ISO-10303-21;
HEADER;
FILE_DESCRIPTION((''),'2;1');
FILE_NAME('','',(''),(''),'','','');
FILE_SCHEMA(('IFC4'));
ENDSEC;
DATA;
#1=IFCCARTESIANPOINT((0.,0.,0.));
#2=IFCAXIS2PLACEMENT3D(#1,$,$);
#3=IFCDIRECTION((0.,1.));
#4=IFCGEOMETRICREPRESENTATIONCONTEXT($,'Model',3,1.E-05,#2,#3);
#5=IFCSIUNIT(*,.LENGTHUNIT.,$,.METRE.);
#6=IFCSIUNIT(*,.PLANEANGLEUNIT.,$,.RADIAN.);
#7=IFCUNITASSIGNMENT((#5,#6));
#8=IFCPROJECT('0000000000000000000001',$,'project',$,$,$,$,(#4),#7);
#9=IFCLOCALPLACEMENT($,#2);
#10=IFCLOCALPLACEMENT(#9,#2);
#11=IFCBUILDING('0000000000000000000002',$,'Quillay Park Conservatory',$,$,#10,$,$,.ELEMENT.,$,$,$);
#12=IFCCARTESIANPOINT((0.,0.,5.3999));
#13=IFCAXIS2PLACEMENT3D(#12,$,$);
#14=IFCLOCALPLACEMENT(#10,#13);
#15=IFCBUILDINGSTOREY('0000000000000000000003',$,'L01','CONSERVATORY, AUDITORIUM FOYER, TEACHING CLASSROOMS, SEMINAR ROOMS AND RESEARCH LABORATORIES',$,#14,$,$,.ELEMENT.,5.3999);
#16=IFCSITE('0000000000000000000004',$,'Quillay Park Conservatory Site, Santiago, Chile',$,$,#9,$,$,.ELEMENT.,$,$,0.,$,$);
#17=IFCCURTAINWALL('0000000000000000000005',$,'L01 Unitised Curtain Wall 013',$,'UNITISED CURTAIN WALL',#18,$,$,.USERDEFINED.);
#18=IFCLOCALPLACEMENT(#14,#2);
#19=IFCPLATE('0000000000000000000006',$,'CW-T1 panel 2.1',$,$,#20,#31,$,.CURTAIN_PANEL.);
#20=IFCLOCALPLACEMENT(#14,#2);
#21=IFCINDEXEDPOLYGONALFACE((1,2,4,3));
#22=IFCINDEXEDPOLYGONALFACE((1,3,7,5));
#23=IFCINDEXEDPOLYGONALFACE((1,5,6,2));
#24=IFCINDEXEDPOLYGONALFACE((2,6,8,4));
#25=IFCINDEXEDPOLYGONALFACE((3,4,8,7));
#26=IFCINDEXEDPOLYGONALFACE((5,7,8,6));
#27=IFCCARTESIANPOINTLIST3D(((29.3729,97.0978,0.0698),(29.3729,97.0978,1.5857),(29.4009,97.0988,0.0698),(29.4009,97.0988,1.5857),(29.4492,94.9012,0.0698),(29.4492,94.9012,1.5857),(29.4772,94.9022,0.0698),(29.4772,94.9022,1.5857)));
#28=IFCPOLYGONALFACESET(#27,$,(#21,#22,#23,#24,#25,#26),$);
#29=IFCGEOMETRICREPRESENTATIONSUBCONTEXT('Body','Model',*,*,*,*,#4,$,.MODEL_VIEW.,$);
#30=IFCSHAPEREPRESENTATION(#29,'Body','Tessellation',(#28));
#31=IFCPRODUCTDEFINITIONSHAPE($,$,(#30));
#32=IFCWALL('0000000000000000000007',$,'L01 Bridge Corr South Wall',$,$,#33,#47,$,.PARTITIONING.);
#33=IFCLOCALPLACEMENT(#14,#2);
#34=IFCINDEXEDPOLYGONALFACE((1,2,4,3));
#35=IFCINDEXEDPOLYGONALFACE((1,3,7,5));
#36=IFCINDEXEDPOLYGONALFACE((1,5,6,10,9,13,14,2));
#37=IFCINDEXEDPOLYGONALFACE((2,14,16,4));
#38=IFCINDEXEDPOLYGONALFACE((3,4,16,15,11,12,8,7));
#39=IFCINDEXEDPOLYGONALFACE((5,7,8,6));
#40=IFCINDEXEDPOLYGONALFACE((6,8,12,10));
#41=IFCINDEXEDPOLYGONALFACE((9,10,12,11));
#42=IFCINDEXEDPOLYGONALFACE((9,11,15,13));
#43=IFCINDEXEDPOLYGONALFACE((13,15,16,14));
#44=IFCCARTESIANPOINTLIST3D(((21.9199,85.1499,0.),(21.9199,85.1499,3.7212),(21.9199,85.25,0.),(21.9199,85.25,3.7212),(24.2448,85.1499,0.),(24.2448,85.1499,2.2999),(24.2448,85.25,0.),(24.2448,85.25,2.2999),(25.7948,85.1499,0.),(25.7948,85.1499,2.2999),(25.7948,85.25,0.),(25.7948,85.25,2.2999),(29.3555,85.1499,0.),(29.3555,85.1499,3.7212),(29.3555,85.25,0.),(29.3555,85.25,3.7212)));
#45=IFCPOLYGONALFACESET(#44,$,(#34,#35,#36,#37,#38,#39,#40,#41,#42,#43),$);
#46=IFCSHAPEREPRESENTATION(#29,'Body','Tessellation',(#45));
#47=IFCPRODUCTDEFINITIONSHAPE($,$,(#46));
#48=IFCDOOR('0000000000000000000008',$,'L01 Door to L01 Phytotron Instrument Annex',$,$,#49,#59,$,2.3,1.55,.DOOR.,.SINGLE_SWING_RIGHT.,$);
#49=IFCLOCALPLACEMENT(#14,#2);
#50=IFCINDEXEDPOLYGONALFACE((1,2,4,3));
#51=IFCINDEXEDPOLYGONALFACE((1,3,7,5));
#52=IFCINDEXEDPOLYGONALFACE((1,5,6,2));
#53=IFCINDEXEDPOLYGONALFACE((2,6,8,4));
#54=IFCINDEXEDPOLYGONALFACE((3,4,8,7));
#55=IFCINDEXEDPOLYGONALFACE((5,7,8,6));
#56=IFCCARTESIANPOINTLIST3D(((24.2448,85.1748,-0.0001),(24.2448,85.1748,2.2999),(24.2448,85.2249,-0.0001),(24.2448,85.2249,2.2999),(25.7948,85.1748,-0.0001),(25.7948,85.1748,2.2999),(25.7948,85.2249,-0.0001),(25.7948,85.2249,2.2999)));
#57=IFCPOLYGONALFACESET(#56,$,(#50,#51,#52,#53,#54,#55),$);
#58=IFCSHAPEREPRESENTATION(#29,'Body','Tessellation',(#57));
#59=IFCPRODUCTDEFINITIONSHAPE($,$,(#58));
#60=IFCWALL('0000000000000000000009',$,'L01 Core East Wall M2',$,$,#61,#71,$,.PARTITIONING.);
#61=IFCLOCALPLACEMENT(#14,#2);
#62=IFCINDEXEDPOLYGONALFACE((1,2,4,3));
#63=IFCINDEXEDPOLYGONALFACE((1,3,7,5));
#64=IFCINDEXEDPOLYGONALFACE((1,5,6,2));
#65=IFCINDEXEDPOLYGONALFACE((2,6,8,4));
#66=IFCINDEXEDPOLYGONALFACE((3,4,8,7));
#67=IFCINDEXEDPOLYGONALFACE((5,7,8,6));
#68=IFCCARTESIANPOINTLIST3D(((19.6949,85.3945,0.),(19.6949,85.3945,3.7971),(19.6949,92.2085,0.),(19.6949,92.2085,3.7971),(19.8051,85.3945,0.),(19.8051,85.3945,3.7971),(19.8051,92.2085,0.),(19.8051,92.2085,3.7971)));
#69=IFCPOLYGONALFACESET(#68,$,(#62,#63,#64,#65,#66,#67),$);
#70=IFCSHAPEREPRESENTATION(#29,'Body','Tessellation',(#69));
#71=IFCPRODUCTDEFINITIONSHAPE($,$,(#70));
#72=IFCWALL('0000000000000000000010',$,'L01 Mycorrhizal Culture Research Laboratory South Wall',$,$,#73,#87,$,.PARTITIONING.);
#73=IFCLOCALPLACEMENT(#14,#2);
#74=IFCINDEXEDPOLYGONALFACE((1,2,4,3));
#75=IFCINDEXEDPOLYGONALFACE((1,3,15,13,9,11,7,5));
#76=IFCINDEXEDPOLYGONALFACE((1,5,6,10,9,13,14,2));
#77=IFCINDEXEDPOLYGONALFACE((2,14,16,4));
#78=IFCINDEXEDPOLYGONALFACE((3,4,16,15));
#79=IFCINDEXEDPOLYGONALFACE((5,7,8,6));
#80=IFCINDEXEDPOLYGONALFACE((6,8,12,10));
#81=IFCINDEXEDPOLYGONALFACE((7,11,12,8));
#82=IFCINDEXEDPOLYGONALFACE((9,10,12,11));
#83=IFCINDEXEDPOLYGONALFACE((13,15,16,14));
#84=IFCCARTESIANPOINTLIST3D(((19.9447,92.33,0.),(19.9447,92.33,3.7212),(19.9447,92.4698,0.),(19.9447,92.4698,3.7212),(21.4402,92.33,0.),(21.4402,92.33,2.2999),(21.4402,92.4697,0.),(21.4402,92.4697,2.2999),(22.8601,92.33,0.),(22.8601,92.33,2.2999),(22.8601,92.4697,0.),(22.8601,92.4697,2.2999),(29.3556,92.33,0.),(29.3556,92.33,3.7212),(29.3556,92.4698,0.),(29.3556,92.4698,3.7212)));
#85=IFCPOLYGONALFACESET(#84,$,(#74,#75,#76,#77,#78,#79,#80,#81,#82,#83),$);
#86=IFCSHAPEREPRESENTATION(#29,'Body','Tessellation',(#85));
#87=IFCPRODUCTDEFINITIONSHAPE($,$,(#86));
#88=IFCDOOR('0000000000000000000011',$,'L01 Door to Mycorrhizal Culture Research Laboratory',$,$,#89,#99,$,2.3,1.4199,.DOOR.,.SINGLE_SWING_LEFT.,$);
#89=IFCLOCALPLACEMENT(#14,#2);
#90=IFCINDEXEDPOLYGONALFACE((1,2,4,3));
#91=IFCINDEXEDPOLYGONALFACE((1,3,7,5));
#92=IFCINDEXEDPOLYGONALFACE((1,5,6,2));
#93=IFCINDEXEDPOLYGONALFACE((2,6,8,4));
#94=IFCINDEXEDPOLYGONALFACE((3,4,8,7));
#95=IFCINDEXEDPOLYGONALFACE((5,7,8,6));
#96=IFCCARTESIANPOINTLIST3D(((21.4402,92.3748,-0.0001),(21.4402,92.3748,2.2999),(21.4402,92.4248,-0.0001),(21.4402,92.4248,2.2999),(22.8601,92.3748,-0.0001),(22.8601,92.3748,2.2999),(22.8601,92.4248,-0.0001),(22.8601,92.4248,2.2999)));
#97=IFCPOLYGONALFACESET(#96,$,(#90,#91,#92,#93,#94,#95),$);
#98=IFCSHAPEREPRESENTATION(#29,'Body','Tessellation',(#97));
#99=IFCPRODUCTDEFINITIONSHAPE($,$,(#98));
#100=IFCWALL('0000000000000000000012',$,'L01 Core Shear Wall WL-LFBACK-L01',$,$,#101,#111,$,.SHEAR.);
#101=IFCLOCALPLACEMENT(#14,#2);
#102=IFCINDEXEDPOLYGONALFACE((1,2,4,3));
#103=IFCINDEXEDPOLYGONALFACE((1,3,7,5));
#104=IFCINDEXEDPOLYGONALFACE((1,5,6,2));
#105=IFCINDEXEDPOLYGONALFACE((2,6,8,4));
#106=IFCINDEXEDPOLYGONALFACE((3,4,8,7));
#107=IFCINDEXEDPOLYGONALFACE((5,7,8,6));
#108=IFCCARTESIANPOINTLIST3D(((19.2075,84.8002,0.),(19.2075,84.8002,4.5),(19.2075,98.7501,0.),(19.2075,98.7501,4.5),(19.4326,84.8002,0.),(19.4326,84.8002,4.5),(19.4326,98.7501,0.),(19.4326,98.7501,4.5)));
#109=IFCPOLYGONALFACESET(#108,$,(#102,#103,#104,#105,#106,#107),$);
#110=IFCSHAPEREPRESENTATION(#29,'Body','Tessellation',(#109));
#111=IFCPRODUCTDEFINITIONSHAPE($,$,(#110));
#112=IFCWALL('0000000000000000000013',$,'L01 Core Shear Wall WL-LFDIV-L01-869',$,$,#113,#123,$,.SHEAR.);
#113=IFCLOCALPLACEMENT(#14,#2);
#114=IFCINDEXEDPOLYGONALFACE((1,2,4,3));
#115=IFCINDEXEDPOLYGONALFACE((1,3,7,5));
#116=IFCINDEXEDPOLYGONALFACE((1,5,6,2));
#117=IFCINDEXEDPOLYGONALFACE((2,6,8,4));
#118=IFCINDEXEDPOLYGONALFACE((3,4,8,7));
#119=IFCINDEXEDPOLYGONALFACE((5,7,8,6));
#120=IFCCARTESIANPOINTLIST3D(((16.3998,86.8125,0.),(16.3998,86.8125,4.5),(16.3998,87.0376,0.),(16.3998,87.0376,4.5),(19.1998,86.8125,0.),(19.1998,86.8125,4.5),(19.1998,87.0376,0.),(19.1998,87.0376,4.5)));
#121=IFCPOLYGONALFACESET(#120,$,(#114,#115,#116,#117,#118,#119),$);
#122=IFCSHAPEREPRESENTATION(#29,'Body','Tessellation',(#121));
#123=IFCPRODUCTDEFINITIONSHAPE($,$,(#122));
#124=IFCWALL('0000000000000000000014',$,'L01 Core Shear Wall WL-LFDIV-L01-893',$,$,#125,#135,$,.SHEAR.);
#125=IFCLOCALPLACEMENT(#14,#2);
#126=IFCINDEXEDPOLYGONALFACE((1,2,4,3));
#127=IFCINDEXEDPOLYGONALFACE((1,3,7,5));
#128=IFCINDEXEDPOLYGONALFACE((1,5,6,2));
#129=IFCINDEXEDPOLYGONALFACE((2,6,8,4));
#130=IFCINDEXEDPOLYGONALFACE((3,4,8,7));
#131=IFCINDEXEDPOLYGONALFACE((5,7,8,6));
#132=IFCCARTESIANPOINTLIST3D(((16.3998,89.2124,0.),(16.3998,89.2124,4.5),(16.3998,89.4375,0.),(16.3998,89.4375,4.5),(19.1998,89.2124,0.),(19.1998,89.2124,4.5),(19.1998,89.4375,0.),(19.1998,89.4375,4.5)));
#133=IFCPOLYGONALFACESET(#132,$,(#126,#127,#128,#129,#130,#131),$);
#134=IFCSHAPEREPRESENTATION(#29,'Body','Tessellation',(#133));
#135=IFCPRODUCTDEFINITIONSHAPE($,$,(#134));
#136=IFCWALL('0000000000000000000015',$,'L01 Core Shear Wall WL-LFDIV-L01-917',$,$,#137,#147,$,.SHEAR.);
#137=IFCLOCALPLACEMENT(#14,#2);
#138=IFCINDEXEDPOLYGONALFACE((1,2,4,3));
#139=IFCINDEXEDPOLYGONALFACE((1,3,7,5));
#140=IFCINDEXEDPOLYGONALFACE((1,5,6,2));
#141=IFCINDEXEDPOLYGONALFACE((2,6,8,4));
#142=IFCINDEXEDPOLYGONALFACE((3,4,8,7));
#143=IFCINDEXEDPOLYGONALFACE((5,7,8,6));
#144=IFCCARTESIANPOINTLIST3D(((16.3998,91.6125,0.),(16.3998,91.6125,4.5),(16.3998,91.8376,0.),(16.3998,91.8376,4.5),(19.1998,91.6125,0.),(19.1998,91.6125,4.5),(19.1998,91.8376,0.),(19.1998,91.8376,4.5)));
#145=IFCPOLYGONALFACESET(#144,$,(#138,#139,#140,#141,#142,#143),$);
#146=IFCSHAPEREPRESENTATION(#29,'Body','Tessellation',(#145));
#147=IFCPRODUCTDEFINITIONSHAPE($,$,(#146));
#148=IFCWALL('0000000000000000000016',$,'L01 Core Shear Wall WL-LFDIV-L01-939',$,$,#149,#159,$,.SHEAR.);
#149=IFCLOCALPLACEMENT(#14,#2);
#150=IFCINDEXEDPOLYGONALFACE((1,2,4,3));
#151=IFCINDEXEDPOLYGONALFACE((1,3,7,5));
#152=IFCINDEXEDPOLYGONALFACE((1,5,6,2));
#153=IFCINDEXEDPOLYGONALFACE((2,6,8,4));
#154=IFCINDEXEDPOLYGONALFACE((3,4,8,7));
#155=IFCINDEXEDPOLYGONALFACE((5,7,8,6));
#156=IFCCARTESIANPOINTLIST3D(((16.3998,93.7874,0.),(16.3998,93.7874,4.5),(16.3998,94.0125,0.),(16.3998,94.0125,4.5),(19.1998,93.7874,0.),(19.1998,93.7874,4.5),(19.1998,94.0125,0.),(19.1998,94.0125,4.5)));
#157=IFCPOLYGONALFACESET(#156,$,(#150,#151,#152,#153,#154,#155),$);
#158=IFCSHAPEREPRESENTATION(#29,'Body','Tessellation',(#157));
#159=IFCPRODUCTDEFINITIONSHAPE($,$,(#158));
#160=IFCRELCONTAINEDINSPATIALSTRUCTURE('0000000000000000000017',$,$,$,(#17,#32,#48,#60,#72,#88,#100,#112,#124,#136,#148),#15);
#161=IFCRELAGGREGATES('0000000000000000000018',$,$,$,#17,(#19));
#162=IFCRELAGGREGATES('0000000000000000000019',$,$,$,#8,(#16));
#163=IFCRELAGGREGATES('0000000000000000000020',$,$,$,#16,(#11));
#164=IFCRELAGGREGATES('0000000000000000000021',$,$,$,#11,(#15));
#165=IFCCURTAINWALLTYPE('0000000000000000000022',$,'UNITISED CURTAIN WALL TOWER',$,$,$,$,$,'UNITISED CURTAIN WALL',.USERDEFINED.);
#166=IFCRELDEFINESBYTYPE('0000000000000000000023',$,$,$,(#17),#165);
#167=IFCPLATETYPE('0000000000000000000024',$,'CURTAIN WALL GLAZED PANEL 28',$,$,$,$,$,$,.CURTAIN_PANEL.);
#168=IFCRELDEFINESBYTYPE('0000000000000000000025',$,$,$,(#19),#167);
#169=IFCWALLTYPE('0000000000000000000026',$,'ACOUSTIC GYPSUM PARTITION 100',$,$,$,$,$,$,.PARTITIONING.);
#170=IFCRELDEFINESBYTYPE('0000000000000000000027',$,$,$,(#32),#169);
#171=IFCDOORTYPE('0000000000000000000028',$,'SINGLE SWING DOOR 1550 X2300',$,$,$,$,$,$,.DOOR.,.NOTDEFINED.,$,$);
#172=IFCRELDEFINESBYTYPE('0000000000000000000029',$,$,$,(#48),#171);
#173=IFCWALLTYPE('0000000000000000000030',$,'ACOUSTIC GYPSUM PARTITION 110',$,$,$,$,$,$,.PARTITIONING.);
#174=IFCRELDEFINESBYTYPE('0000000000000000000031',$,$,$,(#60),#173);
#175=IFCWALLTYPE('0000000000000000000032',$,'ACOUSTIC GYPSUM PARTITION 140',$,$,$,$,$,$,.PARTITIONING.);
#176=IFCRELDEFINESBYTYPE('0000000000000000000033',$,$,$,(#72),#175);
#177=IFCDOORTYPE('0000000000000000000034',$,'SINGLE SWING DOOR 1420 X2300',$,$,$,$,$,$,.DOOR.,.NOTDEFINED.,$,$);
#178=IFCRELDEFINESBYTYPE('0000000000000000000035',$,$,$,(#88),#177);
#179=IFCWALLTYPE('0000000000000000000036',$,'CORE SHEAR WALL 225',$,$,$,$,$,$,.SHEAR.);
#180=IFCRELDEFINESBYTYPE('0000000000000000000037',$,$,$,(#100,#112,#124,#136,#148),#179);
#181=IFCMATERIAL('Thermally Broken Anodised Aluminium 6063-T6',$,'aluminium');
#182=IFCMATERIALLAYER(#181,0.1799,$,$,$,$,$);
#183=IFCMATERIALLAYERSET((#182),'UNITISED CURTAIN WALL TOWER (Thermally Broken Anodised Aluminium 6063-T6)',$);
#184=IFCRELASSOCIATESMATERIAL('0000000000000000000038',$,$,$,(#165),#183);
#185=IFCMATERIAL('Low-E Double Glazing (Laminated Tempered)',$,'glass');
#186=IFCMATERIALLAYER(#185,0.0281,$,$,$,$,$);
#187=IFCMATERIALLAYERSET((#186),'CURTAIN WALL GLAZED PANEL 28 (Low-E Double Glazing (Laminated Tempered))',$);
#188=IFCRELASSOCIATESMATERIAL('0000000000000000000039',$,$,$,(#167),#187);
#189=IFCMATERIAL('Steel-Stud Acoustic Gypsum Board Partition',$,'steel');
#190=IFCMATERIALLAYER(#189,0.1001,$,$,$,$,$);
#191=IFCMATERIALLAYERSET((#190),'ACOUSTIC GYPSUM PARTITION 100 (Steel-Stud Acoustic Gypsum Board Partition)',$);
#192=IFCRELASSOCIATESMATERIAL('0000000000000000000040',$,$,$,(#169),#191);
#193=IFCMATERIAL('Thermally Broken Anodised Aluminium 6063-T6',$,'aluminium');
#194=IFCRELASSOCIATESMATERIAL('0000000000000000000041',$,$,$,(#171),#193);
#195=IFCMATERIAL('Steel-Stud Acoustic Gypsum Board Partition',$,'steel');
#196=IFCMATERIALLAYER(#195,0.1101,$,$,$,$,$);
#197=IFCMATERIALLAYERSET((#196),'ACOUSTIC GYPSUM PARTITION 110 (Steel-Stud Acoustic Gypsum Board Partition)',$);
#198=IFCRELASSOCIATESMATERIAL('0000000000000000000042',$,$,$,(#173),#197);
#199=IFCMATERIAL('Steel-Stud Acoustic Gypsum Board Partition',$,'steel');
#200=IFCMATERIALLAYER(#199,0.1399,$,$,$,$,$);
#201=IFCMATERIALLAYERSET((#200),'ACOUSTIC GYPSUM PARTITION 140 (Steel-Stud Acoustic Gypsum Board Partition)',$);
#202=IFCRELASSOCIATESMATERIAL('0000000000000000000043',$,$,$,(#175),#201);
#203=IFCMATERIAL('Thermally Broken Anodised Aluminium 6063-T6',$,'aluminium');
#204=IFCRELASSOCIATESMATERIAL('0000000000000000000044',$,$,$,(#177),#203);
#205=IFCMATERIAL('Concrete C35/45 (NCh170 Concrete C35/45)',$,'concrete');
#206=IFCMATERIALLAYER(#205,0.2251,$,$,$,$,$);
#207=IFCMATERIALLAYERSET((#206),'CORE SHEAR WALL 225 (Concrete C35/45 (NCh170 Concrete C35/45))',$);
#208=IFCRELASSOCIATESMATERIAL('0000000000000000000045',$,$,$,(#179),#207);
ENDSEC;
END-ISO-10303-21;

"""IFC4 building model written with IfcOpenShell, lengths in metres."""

from ifc_helpers import new_model, si_unit, direction, frame, frame_2d, origin, origin_2d, place, context, subcontext, project, spatial, rectangle, extrude, material, layer, layer_set, type_object, element, fill, aggregate, save


model = new_model("IFC4")

# Units and contexts
model_context = context("Model", 3, precision=1e-05, world=origin(), true_north=direction((0.0, 1.0)))
body_context = subcontext(model_context, "Body", "Model", "MODEL_VIEW")
ifc_project = project(units=[si_unit("LENGTHUNIT", "METRE"), si_unit("PLANEANGLEUNIT", "RADIAN")], contexts=[model_context])

# Site, building, storey
site_placement = place(None, origin())
site = spatial("IfcSite", under=ifc_project, at=site_placement, Name="Quillay Park Conservatory Site, Santiago, Chile", CompositionType="ELEMENT", RefElevation=0.0)
building_placement = place(site_placement, origin())
building = spatial("IfcBuilding", under=site, at=building_placement, Name="Quillay Park Conservatory", CompositionType="ELEMENT")
storey_placement = place(building_placement, frame((0.0, 0.0, 5.3999)))
storey = spatial("IfcBuildingStorey", under=building, at=storey_placement, Name="L01", Description="CONSERVATORY, AUDITORIUM FOYER, TEACHING CLASSROOMS, SEMINAR ROOMS AND RESEARCH LABORATORIES", CompositionType="ELEMENT", Elevation=5.3999)

# Curtain wall, plate
ifc_material_1 = material(Name="Thermally Broken Anodised Aluminium 6063-T6", Category="aluminium")
ifc_layer_1 = layer(ifc_material_1, 0.1799)
ifc_layer_set_1 = layer_set([ifc_layer_1], Name="UNITISED CURTAIN WALL TOWER (Thermally Broken Anodised Aluminium 6063-T6)")
curtain_wall_type = type_object("IfcCurtainWallType", Name="UNITISED CURTAIN WALL TOWER", ElementType="UNITISED CURTAIN WALL", PredefinedType="USERDEFINED", material=ifc_layer_set_1)
curtain_wall_placement = place(storey_placement, origin())
curtain_wall = element("IfcCurtainWall", 1, at=curtain_wall_placement, inside=storey, type_object=curtain_wall_type, Name="L01 Unitised Curtain Wall 013", ObjectType="UNITISED CURTAIN WALL", PredefinedType="USERDEFINED")
ifc_material_2 = material(Name="Low-E Double Glazing (Laminated Tempered)", Category="glass")
ifc_layer_2 = layer(ifc_material_2, 0.0281)
ifc_layer_set_2 = layer_set([ifc_layer_2], Name="CURTAIN WALL GLAZED PANEL 28 (Low-E Double Glazing (Laminated Tempered))")
plate_type = type_object("IfcPlateType", Name="CURTAIN WALL GLAZED PANEL 28", PredefinedType="CURTAIN_PANEL", material=ifc_layer_set_2)
plate_placement = place(storey_placement, frame((29.425, 96.0, 0.0698), z_axis=(0.0, 0.0, 1.0), x_axis=(0.034713, -0.999397, 0.0)))
plate = element("IfcPlate", 2, at=plate_placement, type_object=plate_type, Name="CW-T1 panel 2.1", PredefinedType="CURTAIN_PANEL", context=body_context, shape_type="SweptSolid", body=[
    extrude(rectangle(XDim=2.198, YDim=0.0281, at=origin_2d()), origin(), (0.0, 0.0, 1.0), 1.5159),
])
aggregate(curtain_wall, [plate])

# Wall, opening, door
ifc_material_3 = material(Name="Steel-Stud Acoustic Gypsum Board Partition", Category="steel")
ifc_layer_3 = layer(ifc_material_3, 0.1001)
ifc_layer_set_3 = layer_set([ifc_layer_3], Name="ACOUSTIC GYPSUM PARTITION 100 (Steel-Stud Acoustic Gypsum Board Partition)")
wall_type_1 = type_object("IfcWallType", Name="ACOUSTIC GYPSUM PARTITION 100", PredefinedType="PARTITIONING", material=ifc_layer_set_3)
wall_1_placement = place(storey_placement, frame((21.9199, 85.2, 0.0), z_axis=(0.0, 0.0, 1.0), x_axis=(1.0, 0.0, 0.0)))
wall_1 = element("IfcWall", 3, at=wall_1_placement, inside=storey, type_object=wall_type_1, Name="L01 Bridge Corr South Wall", PredefinedType="PARTITIONING", context=body_context, shape_type="SweptSolid", body=[
    extrude(rectangle(XDim=7.4355, YDim=0.1001, at=frame_2d((3.7178, 0.0))), origin(), (0.0, 0.0, 1.0), 3.7212),
])
opening_1_placement = place(wall_1_placement, frame((2.325, 0.0, 0.0)))
opening_1 = element("IfcOpeningElement", 4, at=opening_1_placement, cuts=wall_1, PredefinedType="OPENING", context=body_context, shape_type="SweptSolid", body=[
    extrude(rectangle(XDim=1.55, YDim=2.3, at=frame_2d((0.7749, 1.1499))), frame((0.0, 0.05, 0.0), z_axis=(0.0, -1.0, 0.0), x_axis=(1.0, 0.0, 0.0)), (0.0, 0.0, 1.0), 0.1001),
])
ifc_material_4 = material(Name="Thermally Broken Anodised Aluminium 6063-T6", Category="aluminium")
door_type_1 = type_object("IfcDoorType", Name="SINGLE SWING DOOR 1550 X2300", OperationType="NOTDEFINED", PredefinedType="DOOR", material=ifc_material_4)
door_1_placement = place(opening_1_placement, origin())
door_1 = element("IfcDoor", 5, at=door_1_placement, inside=storey, type_object=door_type_1, Name="L01 Door to L01 Phytotron Instrument Annex", OperationType="SINGLE_SWING_RIGHT", OverallHeight=2.3, OverallWidth=1.55, PredefinedType="DOOR", context=body_context, shape_type="SweptSolid", body=[
    extrude(rectangle(XDim=1.55, YDim=2.3, at=frame_2d((0.7749, 1.1499))), frame((0.0, 0.0249, 0.0), z_axis=(0.0, -1.0, 0.0), x_axis=(1.0, 0.0, 0.0)), (0.0, 0.0, 1.0), 0.05),
])
fill(opening_1, door_1)

# Wall
ifc_material_5 = material(Name="Steel-Stud Acoustic Gypsum Board Partition", Category="steel")
ifc_layer_4 = layer(ifc_material_5, 0.1101)
ifc_layer_set_4 = layer_set([ifc_layer_4], Name="ACOUSTIC GYPSUM PARTITION 110 (Steel-Stud Acoustic Gypsum Board Partition)")
wall_type_2 = type_object("IfcWallType", Name="ACOUSTIC GYPSUM PARTITION 110", PredefinedType="PARTITIONING", material=ifc_layer_set_4)
wall_2_placement = place(storey_placement, frame((19.75, 85.3945, 0.0), z_axis=(0.0, 0.0, 1.0), x_axis=(0.0, 1.0, 0.0)))
element("IfcWall", 6, at=wall_2_placement, inside=storey, type_object=wall_type_2, Name="L01 Core East Wall M2", PredefinedType="PARTITIONING", context=body_context, shape_type="SweptSolid", body=[
    extrude(rectangle(XDim=6.814, YDim=0.1101, at=frame_2d((3.407, 0.0))), origin(), (0.0, 0.0, 1.0), 3.7971),
])

# Wall, opening, door
ifc_material_6 = material(Name="Steel-Stud Acoustic Gypsum Board Partition", Category="steel")
ifc_layer_5 = layer(ifc_material_6, 0.1399)
ifc_layer_set_5 = layer_set([ifc_layer_5], Name="ACOUSTIC GYPSUM PARTITION 140 (Steel-Stud Acoustic Gypsum Board Partition)")
wall_type_3 = type_object("IfcWallType", Name="ACOUSTIC GYPSUM PARTITION 140", PredefinedType="PARTITIONING", material=ifc_layer_set_5)
wall_3_placement = place(storey_placement, frame((19.9446, 92.3999, 0.0), z_axis=(0.0, 0.0, 1.0), x_axis=(1.0, 0.0, 0.0)))
wall_3 = element("IfcWall", 7, at=wall_3_placement, inside=storey, type_object=wall_type_3, Name="L01 Mycorrhizal Culture Research Laboratory South Wall", PredefinedType="PARTITIONING", context=body_context, shape_type="SweptSolid", body=[
    extrude(rectangle(XDim=9.4109, YDim=0.1399, at=frame_2d((4.7056, 0.0))), origin(), (0.0, 0.0, 1.0), 3.7212),
])
opening_2_placement = place(wall_3_placement, frame((1.4956, 0.0, 0.0)))
opening_2 = element("IfcOpeningElement", 8, at=opening_2_placement, cuts=wall_3, PredefinedType="OPENING", context=body_context, shape_type="SweptSolid", body=[
    extrude(rectangle(XDim=1.4199, YDim=2.3, at=frame_2d((0.71, 1.1499))), frame((0.0, 0.0698, 0.0), z_axis=(0.0, -1.0, 0.0), x_axis=(1.0, 0.0, 0.0)), (0.0, 0.0, 1.0), 0.1399),
])
ifc_material_7 = material(Name="Thermally Broken Anodised Aluminium 6063-T6", Category="aluminium")
door_type_2 = type_object("IfcDoorType", Name="SINGLE SWING DOOR 1420 X2300", OperationType="NOTDEFINED", PredefinedType="DOOR", material=ifc_material_7)
door_2_placement = place(opening_2_placement, origin())
door_2 = element("IfcDoor", 9, at=door_2_placement, inside=storey, type_object=door_type_2, Name="L01 Door to Mycorrhizal Culture Research Laboratory", OperationType="SINGLE_SWING_LEFT", OverallHeight=2.3, OverallWidth=1.4199, PredefinedType="DOOR", context=body_context, shape_type="SweptSolid", body=[
    extrude(rectangle(XDim=1.4199, YDim=2.3, at=frame_2d((0.71, 1.1499))), frame((0.0, 0.0249, 0.0), z_axis=(0.0, -1.0, 0.0), x_axis=(1.0, 0.0, 0.0)), (0.0, 0.0, 1.0), 0.05),
])
fill(opening_2, door_2)

# Walls
ifc_material_8 = material(Name="Concrete C35/45 (NCh170 Concrete C35/45)", Category="concrete")
ifc_layer_6 = layer(ifc_material_8, 0.2251)
ifc_layer_set_6 = layer_set([ifc_layer_6], Name="CORE SHEAR WALL 225 (Concrete C35/45 (NCh170 Concrete C35/45))")
wall_type_4 = type_object("IfcWallType", Name="CORE SHEAR WALL 225", PredefinedType="SHEAR", material=ifc_layer_set_6)
wall_4_placement = place(storey_placement, frame((19.3201, 84.8, 0.0), z_axis=(0.0, 0.0, 1.0), x_axis=(0.0, 1.0, 0.0)))
element("IfcWall", 10, at=wall_4_placement, inside=storey, type_object=wall_type_4, Name="L01 Core Shear Wall WL-LFBACK-L01", PredefinedType="SHEAR", context=body_context, shape_type="SweptSolid", body=[
    extrude(rectangle(XDim=13.95, YDim=0.2251, at=frame_2d((6.9751, 0.0))), origin(), (0.0, 0.0, 1.0), 4.5),
])
for number, where, z_axis, x_axis, name in (
    (11, (16.3999, 86.925, 0.0), (0.0, 0.0, 1.0), (1.0, 0.0, 0.0), "L01 Core Shear Wall WL-LFDIV-L01-869"),
    (12, (16.3999, 89.325, 0.0), (0.0, 0.0, 1.0), (1.0, 0.0, 0.0), "L01 Core Shear Wall WL-LFDIV-L01-893"),
    (13, (16.3999, 91.7251, 0.0), (0.0, 0.0, 1.0), (1.0, 0.0, 0.0), "L01 Core Shear Wall WL-LFDIV-L01-917"),
    (14, (16.3999, 93.8999, 0.0), (0.0, 0.0, 1.0), (1.0, 0.0, 0.0), "L01 Core Shear Wall WL-LFDIV-L01-939"),
):
    element("IfcWall", number, at=place(storey_placement, frame(where, z_axis=z_axis, x_axis=x_axis)), inside=storey, type_object=wall_type_4, Name=name, PredefinedType="SHEAR", context=body_context, shape_type="SweptSolid", body=[
        extrude(rectangle(XDim=2.8, YDim=0.2251, at=frame_2d((1.3999, 0.0))), origin(), (0.0, 0.0, 1.0), 4.5),
    ])

save(model, "model.ifc")
